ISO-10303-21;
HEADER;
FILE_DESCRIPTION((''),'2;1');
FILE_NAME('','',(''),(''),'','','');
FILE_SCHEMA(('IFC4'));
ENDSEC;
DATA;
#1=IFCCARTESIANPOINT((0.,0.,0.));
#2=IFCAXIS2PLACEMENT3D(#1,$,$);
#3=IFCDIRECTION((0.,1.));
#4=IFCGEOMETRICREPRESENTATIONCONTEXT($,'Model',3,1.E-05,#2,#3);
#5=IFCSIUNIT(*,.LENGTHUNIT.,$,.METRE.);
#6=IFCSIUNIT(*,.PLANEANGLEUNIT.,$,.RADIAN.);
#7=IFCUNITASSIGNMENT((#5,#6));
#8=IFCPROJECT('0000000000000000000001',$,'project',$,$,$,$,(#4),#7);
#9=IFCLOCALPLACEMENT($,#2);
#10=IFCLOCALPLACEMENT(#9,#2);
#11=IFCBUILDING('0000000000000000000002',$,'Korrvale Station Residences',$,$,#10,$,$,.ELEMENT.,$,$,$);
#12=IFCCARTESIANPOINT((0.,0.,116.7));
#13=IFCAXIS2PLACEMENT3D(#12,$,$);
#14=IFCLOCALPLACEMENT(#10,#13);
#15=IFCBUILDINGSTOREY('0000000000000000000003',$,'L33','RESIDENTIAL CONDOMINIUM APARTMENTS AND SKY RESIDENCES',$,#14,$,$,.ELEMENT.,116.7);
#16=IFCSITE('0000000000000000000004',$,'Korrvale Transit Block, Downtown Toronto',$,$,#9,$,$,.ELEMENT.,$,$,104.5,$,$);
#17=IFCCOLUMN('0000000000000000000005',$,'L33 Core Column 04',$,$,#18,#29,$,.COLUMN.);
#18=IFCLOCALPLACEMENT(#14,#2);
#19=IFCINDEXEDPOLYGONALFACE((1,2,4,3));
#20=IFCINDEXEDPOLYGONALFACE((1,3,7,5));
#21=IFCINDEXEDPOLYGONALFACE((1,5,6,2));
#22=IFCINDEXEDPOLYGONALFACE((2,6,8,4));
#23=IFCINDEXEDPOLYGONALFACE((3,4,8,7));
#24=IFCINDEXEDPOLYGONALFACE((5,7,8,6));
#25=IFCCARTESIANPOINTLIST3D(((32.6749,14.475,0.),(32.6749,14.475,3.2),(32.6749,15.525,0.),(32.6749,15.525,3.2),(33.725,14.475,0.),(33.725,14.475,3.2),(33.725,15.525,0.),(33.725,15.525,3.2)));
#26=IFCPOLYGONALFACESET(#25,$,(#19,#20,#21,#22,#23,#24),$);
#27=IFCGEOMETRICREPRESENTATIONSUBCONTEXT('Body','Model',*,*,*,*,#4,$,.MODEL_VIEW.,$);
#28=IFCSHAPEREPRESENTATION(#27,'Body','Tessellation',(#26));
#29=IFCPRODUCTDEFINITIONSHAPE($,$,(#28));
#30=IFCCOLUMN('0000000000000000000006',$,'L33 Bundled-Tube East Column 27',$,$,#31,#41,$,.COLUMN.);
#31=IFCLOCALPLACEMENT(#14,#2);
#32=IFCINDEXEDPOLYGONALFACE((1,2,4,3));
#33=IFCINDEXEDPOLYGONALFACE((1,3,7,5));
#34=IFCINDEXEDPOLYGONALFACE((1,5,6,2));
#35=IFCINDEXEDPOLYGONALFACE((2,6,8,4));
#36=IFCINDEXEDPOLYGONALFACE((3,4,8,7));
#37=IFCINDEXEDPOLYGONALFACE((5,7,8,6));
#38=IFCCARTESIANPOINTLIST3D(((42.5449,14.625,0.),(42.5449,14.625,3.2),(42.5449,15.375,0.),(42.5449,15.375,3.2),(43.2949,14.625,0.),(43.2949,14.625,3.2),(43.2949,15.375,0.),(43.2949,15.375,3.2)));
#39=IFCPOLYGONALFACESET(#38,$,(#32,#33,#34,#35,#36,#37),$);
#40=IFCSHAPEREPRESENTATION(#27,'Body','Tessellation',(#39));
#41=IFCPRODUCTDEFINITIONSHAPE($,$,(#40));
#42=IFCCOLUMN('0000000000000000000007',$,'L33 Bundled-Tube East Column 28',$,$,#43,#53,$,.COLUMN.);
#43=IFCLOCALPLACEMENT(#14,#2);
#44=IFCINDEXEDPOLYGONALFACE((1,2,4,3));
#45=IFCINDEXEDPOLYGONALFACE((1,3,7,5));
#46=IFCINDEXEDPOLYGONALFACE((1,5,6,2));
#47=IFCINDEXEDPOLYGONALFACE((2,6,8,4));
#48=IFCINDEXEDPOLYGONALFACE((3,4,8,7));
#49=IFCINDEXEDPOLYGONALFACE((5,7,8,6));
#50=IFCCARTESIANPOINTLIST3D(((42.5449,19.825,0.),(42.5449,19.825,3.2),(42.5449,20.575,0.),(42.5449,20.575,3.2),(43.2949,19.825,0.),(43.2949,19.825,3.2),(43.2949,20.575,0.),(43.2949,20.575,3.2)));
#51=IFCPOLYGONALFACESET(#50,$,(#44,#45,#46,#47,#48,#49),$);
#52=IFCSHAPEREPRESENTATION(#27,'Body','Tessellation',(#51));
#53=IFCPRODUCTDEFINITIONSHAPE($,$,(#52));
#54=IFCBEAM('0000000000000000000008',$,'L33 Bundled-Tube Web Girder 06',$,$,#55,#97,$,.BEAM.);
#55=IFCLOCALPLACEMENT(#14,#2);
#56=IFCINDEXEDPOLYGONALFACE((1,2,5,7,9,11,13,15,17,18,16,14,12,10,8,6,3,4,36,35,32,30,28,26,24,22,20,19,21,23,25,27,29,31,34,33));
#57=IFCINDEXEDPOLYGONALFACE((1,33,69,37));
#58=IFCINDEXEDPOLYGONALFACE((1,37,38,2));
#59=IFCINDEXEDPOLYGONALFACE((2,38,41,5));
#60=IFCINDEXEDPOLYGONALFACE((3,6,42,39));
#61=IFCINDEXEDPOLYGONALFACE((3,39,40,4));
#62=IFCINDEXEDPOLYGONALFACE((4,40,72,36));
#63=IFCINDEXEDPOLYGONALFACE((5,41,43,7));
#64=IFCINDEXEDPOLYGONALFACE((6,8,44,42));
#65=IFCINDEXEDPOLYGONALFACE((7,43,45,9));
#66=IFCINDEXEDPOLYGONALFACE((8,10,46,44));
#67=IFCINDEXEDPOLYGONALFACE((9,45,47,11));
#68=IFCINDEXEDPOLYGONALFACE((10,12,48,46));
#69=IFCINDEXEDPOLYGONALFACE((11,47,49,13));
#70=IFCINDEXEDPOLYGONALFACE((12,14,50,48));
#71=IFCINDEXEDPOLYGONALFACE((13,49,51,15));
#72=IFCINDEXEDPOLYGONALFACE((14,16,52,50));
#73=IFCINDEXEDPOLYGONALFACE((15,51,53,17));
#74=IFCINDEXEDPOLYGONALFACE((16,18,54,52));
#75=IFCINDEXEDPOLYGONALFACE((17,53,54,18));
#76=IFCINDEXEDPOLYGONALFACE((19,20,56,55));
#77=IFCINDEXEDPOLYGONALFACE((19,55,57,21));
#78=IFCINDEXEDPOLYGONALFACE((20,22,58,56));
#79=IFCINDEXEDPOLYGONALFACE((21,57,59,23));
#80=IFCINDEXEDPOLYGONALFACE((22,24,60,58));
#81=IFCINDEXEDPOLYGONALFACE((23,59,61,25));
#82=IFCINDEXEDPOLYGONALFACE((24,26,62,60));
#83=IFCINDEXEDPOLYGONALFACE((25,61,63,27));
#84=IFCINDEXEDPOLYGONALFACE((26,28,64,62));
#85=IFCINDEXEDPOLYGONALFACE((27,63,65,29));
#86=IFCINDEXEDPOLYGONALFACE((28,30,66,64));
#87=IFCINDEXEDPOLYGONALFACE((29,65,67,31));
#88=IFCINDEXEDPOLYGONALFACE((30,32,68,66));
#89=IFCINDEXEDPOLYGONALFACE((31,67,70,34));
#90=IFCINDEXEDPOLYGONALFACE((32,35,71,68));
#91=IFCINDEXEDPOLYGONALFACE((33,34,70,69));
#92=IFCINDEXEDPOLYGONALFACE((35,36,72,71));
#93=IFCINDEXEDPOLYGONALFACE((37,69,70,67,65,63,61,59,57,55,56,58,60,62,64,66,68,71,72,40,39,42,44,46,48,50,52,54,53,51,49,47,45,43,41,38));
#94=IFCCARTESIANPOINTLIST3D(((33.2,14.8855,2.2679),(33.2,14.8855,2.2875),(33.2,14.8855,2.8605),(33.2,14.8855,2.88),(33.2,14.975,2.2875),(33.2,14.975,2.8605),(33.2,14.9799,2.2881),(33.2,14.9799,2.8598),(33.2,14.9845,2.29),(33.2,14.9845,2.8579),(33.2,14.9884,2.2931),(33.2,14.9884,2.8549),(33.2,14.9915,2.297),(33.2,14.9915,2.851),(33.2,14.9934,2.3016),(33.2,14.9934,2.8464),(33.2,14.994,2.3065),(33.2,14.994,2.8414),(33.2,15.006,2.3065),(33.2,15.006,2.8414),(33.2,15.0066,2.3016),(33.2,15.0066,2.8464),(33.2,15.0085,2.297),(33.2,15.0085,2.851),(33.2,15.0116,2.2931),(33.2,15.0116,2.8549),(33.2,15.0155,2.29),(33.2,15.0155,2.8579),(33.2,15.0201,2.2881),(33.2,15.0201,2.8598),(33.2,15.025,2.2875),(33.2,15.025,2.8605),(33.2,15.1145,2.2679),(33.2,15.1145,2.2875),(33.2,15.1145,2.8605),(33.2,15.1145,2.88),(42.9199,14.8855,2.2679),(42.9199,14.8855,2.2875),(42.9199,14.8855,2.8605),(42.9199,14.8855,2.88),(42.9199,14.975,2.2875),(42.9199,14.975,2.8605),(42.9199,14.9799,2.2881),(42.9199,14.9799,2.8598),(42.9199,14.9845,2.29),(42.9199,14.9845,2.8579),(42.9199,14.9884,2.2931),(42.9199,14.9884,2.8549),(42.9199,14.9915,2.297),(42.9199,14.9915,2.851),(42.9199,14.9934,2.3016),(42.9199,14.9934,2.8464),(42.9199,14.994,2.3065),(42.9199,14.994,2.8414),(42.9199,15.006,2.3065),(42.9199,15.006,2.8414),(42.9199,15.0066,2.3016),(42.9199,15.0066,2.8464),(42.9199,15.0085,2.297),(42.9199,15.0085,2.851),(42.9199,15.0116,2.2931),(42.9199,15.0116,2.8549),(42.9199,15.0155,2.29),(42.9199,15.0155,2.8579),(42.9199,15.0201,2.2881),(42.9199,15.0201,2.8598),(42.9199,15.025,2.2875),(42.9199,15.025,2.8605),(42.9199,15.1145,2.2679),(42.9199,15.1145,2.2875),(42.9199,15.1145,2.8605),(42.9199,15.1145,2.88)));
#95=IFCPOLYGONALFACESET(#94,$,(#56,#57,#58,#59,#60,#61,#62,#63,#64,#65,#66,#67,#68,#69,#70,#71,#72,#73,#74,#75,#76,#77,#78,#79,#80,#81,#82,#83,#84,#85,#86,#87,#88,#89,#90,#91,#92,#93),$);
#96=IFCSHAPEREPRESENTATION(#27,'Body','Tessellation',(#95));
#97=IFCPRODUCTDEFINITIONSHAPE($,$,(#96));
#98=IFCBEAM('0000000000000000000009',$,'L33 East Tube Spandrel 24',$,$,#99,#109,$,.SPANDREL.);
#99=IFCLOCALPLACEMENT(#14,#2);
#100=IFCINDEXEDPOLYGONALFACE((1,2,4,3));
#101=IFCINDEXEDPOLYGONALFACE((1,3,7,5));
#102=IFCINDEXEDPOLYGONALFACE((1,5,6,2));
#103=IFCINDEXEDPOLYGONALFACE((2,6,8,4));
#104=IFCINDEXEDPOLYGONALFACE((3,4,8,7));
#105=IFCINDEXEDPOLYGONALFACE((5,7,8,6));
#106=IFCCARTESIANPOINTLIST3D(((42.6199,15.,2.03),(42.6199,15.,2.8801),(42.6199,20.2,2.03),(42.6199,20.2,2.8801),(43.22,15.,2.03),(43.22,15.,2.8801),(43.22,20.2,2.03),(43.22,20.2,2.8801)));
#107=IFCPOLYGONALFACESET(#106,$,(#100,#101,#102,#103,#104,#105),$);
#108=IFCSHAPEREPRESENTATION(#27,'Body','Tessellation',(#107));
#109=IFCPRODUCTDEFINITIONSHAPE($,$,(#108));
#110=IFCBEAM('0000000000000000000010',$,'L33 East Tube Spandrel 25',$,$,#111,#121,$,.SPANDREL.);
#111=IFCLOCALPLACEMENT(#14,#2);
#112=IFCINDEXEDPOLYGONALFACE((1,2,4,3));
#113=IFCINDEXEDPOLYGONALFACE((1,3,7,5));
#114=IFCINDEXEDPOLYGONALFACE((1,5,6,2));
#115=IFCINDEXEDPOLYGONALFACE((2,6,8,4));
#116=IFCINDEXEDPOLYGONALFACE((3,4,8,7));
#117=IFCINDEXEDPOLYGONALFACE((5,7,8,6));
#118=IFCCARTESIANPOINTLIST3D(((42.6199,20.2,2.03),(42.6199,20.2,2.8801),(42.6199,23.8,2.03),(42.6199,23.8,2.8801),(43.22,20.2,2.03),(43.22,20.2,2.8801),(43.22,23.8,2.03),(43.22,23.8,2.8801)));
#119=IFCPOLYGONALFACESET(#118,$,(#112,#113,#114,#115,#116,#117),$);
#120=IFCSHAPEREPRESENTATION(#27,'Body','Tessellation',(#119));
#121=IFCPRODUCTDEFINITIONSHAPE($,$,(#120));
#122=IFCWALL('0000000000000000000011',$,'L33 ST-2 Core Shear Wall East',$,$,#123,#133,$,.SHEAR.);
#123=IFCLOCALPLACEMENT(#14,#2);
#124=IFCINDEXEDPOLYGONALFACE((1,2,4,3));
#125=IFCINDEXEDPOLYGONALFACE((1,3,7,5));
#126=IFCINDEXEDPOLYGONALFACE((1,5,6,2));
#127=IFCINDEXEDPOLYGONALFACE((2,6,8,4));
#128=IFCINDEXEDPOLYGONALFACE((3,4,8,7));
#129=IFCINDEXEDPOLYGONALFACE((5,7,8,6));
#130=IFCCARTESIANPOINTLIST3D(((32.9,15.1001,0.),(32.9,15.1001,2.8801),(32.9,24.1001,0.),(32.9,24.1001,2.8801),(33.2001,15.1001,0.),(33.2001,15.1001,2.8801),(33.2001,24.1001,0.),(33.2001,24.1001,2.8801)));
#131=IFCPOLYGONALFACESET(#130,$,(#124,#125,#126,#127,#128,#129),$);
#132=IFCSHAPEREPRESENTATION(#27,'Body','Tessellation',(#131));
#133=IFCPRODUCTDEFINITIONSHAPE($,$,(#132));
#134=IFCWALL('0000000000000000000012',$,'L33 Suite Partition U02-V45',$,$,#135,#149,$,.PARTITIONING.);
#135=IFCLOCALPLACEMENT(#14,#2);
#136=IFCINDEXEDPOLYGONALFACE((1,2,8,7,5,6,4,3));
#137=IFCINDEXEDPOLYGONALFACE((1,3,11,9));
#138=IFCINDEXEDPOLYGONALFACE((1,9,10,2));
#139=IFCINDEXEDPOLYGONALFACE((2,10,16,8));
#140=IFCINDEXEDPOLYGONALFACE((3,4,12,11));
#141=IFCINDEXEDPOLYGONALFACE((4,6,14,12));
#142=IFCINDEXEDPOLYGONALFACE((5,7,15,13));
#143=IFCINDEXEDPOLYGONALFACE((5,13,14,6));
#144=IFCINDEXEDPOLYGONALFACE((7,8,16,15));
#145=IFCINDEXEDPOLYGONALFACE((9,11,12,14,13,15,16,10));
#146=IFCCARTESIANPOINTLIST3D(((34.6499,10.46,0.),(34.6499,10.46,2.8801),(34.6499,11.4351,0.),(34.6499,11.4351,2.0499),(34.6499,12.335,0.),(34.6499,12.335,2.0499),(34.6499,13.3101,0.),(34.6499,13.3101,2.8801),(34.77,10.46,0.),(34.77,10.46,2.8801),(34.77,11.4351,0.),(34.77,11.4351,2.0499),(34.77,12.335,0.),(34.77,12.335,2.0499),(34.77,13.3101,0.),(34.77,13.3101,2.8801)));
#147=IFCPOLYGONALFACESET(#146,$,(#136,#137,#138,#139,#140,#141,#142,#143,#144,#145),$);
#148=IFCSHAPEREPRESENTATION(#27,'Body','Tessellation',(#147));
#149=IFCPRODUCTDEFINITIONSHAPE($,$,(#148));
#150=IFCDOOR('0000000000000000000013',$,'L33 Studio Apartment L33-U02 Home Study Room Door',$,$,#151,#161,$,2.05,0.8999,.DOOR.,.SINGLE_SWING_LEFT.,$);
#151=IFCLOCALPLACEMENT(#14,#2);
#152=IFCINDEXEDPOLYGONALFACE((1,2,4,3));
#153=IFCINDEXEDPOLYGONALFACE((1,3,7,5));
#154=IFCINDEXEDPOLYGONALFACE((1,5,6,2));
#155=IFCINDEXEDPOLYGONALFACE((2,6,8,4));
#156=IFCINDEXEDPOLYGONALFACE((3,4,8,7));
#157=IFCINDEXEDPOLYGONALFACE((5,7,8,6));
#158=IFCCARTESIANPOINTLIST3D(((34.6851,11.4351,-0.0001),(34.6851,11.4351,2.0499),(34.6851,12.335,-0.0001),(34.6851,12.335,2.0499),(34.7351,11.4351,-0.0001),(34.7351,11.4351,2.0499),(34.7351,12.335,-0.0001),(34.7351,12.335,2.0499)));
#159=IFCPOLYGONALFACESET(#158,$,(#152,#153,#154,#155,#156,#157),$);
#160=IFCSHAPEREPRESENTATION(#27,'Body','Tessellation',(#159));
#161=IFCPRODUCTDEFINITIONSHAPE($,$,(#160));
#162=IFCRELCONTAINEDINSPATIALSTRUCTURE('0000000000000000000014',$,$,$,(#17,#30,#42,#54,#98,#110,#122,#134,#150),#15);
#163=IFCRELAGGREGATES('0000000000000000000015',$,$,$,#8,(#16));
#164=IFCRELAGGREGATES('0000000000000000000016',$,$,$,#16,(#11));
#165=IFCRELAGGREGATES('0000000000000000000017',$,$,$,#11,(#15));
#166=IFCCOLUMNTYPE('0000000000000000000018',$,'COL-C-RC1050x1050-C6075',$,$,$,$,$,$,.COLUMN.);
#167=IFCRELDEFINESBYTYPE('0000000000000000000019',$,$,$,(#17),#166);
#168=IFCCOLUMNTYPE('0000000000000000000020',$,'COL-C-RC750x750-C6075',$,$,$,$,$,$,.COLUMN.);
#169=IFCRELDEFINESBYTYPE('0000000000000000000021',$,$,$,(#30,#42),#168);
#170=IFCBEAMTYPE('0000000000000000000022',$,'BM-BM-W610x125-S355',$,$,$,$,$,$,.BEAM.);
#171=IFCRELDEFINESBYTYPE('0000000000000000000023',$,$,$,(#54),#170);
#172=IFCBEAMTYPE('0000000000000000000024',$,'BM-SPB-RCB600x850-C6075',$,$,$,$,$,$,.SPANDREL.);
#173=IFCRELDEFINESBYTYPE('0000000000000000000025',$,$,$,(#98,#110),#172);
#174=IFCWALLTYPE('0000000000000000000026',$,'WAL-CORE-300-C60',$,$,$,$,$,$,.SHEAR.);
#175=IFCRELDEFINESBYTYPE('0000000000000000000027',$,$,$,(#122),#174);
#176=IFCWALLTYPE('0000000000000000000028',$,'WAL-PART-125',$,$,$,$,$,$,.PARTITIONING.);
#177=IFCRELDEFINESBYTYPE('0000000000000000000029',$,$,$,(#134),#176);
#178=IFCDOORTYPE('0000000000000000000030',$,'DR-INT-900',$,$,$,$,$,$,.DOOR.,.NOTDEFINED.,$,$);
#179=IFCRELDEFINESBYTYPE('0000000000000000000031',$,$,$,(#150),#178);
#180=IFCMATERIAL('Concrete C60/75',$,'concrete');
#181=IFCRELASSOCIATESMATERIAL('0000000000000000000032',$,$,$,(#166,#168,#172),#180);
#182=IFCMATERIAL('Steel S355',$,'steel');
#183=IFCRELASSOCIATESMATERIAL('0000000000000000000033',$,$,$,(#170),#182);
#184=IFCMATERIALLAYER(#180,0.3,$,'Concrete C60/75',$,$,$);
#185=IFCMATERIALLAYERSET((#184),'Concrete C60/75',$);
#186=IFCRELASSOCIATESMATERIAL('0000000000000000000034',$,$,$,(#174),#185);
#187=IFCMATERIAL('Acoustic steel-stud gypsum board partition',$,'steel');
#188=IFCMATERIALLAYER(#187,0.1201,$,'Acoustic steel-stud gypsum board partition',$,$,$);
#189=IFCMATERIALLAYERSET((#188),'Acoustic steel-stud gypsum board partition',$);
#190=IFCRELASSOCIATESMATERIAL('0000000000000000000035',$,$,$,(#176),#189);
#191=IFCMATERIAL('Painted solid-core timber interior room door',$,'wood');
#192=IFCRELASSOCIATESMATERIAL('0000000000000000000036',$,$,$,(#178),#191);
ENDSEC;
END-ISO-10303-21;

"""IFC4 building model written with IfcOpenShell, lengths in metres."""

from ifc_helpers import new_model, si_unit, direction, frame, frame_2d, origin, origin_2d, place, context, subcontext, project, spatial, rectangle, i_section, extrude, material, layer, layer_set, material_profile, profile_set, type_object, element, fill, save


model = new_model("IFC4")

# Units and contexts
model_context = context("Model", 3, precision=1e-05, world=origin(), true_north=direction((0.0, 1.0)))
body_context = subcontext(model_context, "Body", "Model", "MODEL_VIEW")
ifc_project = project(units=[si_unit("LENGTHUNIT", "METRE"), si_unit("PLANEANGLEUNIT", "RADIAN")], contexts=[model_context])

# Site, building, storey
site_placement = place(None, origin())
site = spatial("IfcSite", under=ifc_project, at=site_placement, Name="Korrvale Transit Block, Downtown Toronto", CompositionType="ELEMENT", RefElevation=104.5)
building_placement = place(site_placement, origin())
building = spatial("IfcBuilding", under=site, at=building_placement, Name="Korrvale Station Residences", CompositionType="ELEMENT")
storey_placement = place(building_placement, frame((0.0, 0.0, 116.7)))
storey = spatial("IfcBuildingStorey", under=building, at=storey_placement, Name="L33", Description="RESIDENTIAL CONDOMINIUM APARTMENTS AND SKY RESIDENCES", CompositionType="ELEMENT", Elevation=116.7)

# Columns
ifc_material_1 = material(Name="Concrete C60/75", Category="concrete")
ifc_material_profile_1 = material_profile(ifc_material_1, rectangle(XDim=1.05, YDim=1.05, at=origin_2d()), Name="RC1050x1050")
ifc_profile_set_1 = profile_set([ifc_material_profile_1], Name="Concrete C60/75")
column_type_1 = type_object("IfcColumnType", Name="COL-C-RC1050x1050-C6075", PredefinedType="COLUMN", material=ifc_profile_set_1)
column_placement = place(storey_placement, frame((33.2, 15.0, 0.0), z_axis=(0.0, 0.0, 1.0), x_axis=(1.0, 0.0, 0.0)))
element("IfcColumn", 1, at=column_placement, inside=storey, type_object=column_type_1, Name="L33 Core Column 04", PredefinedType="COLUMN", context=body_context, shape_type="SweptSolid", body=[
    extrude(rectangle(XDim=1.05, YDim=1.05, at=origin_2d()), origin(), (0.0, 0.0, 1.0), 3.2),
])
ifc_material_profile_2 = material_profile(ifc_material_1, rectangle(XDim=0.75, YDim=0.75, at=origin_2d()), Name="RC750x750")
ifc_profile_set_2 = profile_set([ifc_material_profile_2], Name="Concrete C60/75")
column_type_2 = type_object("IfcColumnType", Name="COL-C-RC750x750-C6075", PredefinedType="COLUMN", material=ifc_profile_set_2)
for number, where, z_axis, x_axis, name in (
    (2, (42.9199, 15.0, 0.0), (0.0, 0.0, 1.0), (1.0, 0.0, 0.0), "L33 Bundled-Tube East Column 27"),
    (3, (42.9199, 20.2, 0.0), (0.0, 0.0, 1.0), (1.0, 0.0, 0.0), "L33 Bundled-Tube East Column 28"),
):
    element("IfcColumn", number, at=place(storey_placement, frame(where, z_axis=z_axis, x_axis=x_axis)), inside=storey, type_object=column_type_2, Name=name, PredefinedType="COLUMN", context=body_context, shape_type="SweptSolid", body=[
        extrude(rectangle(XDim=0.75, YDim=0.75, at=origin_2d()), origin(), (0.0, 0.0, 1.0), 3.2),
    ])

# Beams
ifc_material_2 = material(Name="Steel S355", Category="steel")
ifc_material_profile_3 = material_profile(ifc_material_2, i_section(OverallWidth=0.229, OverallDepth=0.6121, WebThickness=0.012, FlangeThickness=0.0195, FilletRadius=0.019, at=origin_2d()), Name="W610x125")
ifc_profile_set_3 = profile_set([ifc_material_profile_3], Name="Steel S355")
beam_type_1 = type_object("IfcBeamType", Name="BM-BM-W610x125-S355", PredefinedType="BEAM", material=ifc_profile_set_3)
beam_1_placement = place(storey_placement, frame((33.2, 15.0, 2.574), z_axis=(1.0, 0.0, 0.0), x_axis=(0.0, 1.0, 0.0)))
element("IfcBeam", 4, at=beam_1_placement, inside=storey, type_object=beam_type_1, Name="L33 Bundled-Tube Web Girder 06", PredefinedType="BEAM", context=body_context, shape_type="SweptSolid", body=[
    extrude(i_section(OverallWidth=0.229, OverallDepth=0.6121, WebThickness=0.012, FlangeThickness=0.0195, FilletRadius=0.019, at=origin_2d()), origin(), (0.0, 0.0, 1.0), 9.72),
])
ifc_material_profile_4 = material_profile(ifc_material_1, rectangle(XDim=0.6001, YDim=0.8501, at=origin_2d()), Name="RCB600x850")
ifc_profile_set_4 = profile_set([ifc_material_profile_4], Name="Concrete C60/75")
beam_type_2 = type_object("IfcBeamType", Name="BM-SPB-RCB600x850-C6075", PredefinedType="SPANDREL", material=ifc_profile_set_4)
beam_2_placement = place(storey_placement, frame((42.9199, 15.0, 2.4551), z_axis=(0.0, 1.0, 0.0), x_axis=(-1.0, 0.0, 0.0)))
element("IfcBeam", 5, at=beam_2_placement, inside=storey, type_object=beam_type_2, Name="L33 East Tube Spandrel 24", PredefinedType="SPANDREL", context=body_context, shape_type="SweptSolid", body=[
    extrude(rectangle(XDim=0.6001, YDim=0.8501, at=origin_2d()), origin(), (0.0, 0.0, 1.0), 5.2),
])
beam_3_placement = place(storey_placement, frame((42.9199, 20.2, 2.4551), z_axis=(0.0, 1.0, 0.0), x_axis=(-1.0, 0.0, 0.0)))
element("IfcBeam", 6, at=beam_3_placement, inside=storey, type_object=beam_type_2, Name="L33 East Tube Spandrel 25", PredefinedType="SPANDREL", context=body_context, shape_type="SweptSolid", body=[
    extrude(rectangle(XDim=0.6001, YDim=0.8501, at=origin_2d()), origin(), (0.0, 0.0, 1.0), 3.6001),
])

# Wall
ifc_layer_1 = layer(ifc_material_1, 0.3, Name="Concrete C60/75")
ifc_layer_set_1 = layer_set([ifc_layer_1], Name="Concrete C60/75")
wall_type_1 = type_object("IfcWallType", Name="WAL-CORE-300-C60", PredefinedType="SHEAR", material=ifc_layer_set_1)
wall_1_placement = place(storey_placement, frame((33.05, 15.1001, 0.0), z_axis=(0.0, 0.0, 1.0), x_axis=(0.0, 1.0, 0.0)))
element("IfcWall", 7, at=wall_1_placement, inside=storey, type_object=wall_type_1, Name="L33 ST-2 Core Shear Wall East", PredefinedType="SHEAR", context=body_context, shape_type="SweptSolid", body=[
    extrude(rectangle(XDim=9.0, YDim=0.3, at=frame_2d((4.5, 0.0))), origin(), (0.0, 0.0, 1.0), 2.8801),
])

# Wall, opening, door
ifc_material_3 = material(Name="Acoustic steel-stud gypsum board partition", Category="steel")
ifc_layer_2 = layer(ifc_material_3, 0.1201, Name="Acoustic steel-stud gypsum board partition")
ifc_layer_set_2 = layer_set([ifc_layer_2], Name="Acoustic steel-stud gypsum board partition")
wall_type_2 = type_object("IfcWallType", Name="WAL-PART-125", PredefinedType="PARTITIONING", material=ifc_layer_set_2)
wall_2_placement = place(storey_placement, frame((34.71, 10.46, 0.0), z_axis=(0.0, 0.0, 1.0), x_axis=(0.0, 1.0, 0.0)))
wall_2 = element("IfcWall", 8, at=wall_2_placement, inside=storey, type_object=wall_type_2, Name="L33 Suite Partition U02-V45", PredefinedType="PARTITIONING", context=body_context, shape_type="SweptSolid", body=[
    extrude(rectangle(XDim=2.8501, YDim=0.1201, at=frame_2d((1.425, 0.0))), origin(), (0.0, 0.0, 1.0), 2.8801),
])
opening_1_placement = place(wall_2_placement, frame((0.9751, 0.0, 0.0)))
opening_1 = element("IfcOpeningElement", 9, at=opening_1_placement, cuts=wall_2, PredefinedType="OPENING", context=body_context, shape_type="SweptSolid", body=[
    extrude(rectangle(XDim=0.8999, YDim=2.05, at=frame_2d((0.45, 1.0249))), frame((0.0, 0.0701, 0.0), z_axis=(0.0, -1.0, 0.0), x_axis=(1.0, 0.0, 0.0)), (0.0, 0.0, 1.0), 0.1401),
])
ifc_material_4 = material(Name="Painted solid-core timber interior room door", Category="wood")
door_type_1 = type_object("IfcDoorType", Name="DR-INT-900", OperationType="NOTDEFINED", PredefinedType="DOOR", material=ifc_material_4)
door_1_placement = place(opening_1_placement, origin())
door_1 = element("IfcDoor", 10, at=door_1_placement, inside=storey, type_object=door_type_1, Name="L33 Studio Apartment L33-U02 Home Study Room Door", OperationType="SINGLE_SWING_LEFT", OverallHeight=2.05, OverallWidth=0.8999, PredefinedType="DOOR", context=body_context, shape_type="SweptSolid", body=[
    extrude(rectangle(XDim=0.8999, YDim=2.05, at=frame_2d((0.45, 1.0249))), frame((0.0, 0.0249, 0.0), z_axis=(0.0, -1.0, 0.0), x_axis=(1.0, 0.0, 0.0)), (0.0, 0.0, 1.0), 0.05),
])
fill(opening_1, door_1)

save(model, "model.ifc")
